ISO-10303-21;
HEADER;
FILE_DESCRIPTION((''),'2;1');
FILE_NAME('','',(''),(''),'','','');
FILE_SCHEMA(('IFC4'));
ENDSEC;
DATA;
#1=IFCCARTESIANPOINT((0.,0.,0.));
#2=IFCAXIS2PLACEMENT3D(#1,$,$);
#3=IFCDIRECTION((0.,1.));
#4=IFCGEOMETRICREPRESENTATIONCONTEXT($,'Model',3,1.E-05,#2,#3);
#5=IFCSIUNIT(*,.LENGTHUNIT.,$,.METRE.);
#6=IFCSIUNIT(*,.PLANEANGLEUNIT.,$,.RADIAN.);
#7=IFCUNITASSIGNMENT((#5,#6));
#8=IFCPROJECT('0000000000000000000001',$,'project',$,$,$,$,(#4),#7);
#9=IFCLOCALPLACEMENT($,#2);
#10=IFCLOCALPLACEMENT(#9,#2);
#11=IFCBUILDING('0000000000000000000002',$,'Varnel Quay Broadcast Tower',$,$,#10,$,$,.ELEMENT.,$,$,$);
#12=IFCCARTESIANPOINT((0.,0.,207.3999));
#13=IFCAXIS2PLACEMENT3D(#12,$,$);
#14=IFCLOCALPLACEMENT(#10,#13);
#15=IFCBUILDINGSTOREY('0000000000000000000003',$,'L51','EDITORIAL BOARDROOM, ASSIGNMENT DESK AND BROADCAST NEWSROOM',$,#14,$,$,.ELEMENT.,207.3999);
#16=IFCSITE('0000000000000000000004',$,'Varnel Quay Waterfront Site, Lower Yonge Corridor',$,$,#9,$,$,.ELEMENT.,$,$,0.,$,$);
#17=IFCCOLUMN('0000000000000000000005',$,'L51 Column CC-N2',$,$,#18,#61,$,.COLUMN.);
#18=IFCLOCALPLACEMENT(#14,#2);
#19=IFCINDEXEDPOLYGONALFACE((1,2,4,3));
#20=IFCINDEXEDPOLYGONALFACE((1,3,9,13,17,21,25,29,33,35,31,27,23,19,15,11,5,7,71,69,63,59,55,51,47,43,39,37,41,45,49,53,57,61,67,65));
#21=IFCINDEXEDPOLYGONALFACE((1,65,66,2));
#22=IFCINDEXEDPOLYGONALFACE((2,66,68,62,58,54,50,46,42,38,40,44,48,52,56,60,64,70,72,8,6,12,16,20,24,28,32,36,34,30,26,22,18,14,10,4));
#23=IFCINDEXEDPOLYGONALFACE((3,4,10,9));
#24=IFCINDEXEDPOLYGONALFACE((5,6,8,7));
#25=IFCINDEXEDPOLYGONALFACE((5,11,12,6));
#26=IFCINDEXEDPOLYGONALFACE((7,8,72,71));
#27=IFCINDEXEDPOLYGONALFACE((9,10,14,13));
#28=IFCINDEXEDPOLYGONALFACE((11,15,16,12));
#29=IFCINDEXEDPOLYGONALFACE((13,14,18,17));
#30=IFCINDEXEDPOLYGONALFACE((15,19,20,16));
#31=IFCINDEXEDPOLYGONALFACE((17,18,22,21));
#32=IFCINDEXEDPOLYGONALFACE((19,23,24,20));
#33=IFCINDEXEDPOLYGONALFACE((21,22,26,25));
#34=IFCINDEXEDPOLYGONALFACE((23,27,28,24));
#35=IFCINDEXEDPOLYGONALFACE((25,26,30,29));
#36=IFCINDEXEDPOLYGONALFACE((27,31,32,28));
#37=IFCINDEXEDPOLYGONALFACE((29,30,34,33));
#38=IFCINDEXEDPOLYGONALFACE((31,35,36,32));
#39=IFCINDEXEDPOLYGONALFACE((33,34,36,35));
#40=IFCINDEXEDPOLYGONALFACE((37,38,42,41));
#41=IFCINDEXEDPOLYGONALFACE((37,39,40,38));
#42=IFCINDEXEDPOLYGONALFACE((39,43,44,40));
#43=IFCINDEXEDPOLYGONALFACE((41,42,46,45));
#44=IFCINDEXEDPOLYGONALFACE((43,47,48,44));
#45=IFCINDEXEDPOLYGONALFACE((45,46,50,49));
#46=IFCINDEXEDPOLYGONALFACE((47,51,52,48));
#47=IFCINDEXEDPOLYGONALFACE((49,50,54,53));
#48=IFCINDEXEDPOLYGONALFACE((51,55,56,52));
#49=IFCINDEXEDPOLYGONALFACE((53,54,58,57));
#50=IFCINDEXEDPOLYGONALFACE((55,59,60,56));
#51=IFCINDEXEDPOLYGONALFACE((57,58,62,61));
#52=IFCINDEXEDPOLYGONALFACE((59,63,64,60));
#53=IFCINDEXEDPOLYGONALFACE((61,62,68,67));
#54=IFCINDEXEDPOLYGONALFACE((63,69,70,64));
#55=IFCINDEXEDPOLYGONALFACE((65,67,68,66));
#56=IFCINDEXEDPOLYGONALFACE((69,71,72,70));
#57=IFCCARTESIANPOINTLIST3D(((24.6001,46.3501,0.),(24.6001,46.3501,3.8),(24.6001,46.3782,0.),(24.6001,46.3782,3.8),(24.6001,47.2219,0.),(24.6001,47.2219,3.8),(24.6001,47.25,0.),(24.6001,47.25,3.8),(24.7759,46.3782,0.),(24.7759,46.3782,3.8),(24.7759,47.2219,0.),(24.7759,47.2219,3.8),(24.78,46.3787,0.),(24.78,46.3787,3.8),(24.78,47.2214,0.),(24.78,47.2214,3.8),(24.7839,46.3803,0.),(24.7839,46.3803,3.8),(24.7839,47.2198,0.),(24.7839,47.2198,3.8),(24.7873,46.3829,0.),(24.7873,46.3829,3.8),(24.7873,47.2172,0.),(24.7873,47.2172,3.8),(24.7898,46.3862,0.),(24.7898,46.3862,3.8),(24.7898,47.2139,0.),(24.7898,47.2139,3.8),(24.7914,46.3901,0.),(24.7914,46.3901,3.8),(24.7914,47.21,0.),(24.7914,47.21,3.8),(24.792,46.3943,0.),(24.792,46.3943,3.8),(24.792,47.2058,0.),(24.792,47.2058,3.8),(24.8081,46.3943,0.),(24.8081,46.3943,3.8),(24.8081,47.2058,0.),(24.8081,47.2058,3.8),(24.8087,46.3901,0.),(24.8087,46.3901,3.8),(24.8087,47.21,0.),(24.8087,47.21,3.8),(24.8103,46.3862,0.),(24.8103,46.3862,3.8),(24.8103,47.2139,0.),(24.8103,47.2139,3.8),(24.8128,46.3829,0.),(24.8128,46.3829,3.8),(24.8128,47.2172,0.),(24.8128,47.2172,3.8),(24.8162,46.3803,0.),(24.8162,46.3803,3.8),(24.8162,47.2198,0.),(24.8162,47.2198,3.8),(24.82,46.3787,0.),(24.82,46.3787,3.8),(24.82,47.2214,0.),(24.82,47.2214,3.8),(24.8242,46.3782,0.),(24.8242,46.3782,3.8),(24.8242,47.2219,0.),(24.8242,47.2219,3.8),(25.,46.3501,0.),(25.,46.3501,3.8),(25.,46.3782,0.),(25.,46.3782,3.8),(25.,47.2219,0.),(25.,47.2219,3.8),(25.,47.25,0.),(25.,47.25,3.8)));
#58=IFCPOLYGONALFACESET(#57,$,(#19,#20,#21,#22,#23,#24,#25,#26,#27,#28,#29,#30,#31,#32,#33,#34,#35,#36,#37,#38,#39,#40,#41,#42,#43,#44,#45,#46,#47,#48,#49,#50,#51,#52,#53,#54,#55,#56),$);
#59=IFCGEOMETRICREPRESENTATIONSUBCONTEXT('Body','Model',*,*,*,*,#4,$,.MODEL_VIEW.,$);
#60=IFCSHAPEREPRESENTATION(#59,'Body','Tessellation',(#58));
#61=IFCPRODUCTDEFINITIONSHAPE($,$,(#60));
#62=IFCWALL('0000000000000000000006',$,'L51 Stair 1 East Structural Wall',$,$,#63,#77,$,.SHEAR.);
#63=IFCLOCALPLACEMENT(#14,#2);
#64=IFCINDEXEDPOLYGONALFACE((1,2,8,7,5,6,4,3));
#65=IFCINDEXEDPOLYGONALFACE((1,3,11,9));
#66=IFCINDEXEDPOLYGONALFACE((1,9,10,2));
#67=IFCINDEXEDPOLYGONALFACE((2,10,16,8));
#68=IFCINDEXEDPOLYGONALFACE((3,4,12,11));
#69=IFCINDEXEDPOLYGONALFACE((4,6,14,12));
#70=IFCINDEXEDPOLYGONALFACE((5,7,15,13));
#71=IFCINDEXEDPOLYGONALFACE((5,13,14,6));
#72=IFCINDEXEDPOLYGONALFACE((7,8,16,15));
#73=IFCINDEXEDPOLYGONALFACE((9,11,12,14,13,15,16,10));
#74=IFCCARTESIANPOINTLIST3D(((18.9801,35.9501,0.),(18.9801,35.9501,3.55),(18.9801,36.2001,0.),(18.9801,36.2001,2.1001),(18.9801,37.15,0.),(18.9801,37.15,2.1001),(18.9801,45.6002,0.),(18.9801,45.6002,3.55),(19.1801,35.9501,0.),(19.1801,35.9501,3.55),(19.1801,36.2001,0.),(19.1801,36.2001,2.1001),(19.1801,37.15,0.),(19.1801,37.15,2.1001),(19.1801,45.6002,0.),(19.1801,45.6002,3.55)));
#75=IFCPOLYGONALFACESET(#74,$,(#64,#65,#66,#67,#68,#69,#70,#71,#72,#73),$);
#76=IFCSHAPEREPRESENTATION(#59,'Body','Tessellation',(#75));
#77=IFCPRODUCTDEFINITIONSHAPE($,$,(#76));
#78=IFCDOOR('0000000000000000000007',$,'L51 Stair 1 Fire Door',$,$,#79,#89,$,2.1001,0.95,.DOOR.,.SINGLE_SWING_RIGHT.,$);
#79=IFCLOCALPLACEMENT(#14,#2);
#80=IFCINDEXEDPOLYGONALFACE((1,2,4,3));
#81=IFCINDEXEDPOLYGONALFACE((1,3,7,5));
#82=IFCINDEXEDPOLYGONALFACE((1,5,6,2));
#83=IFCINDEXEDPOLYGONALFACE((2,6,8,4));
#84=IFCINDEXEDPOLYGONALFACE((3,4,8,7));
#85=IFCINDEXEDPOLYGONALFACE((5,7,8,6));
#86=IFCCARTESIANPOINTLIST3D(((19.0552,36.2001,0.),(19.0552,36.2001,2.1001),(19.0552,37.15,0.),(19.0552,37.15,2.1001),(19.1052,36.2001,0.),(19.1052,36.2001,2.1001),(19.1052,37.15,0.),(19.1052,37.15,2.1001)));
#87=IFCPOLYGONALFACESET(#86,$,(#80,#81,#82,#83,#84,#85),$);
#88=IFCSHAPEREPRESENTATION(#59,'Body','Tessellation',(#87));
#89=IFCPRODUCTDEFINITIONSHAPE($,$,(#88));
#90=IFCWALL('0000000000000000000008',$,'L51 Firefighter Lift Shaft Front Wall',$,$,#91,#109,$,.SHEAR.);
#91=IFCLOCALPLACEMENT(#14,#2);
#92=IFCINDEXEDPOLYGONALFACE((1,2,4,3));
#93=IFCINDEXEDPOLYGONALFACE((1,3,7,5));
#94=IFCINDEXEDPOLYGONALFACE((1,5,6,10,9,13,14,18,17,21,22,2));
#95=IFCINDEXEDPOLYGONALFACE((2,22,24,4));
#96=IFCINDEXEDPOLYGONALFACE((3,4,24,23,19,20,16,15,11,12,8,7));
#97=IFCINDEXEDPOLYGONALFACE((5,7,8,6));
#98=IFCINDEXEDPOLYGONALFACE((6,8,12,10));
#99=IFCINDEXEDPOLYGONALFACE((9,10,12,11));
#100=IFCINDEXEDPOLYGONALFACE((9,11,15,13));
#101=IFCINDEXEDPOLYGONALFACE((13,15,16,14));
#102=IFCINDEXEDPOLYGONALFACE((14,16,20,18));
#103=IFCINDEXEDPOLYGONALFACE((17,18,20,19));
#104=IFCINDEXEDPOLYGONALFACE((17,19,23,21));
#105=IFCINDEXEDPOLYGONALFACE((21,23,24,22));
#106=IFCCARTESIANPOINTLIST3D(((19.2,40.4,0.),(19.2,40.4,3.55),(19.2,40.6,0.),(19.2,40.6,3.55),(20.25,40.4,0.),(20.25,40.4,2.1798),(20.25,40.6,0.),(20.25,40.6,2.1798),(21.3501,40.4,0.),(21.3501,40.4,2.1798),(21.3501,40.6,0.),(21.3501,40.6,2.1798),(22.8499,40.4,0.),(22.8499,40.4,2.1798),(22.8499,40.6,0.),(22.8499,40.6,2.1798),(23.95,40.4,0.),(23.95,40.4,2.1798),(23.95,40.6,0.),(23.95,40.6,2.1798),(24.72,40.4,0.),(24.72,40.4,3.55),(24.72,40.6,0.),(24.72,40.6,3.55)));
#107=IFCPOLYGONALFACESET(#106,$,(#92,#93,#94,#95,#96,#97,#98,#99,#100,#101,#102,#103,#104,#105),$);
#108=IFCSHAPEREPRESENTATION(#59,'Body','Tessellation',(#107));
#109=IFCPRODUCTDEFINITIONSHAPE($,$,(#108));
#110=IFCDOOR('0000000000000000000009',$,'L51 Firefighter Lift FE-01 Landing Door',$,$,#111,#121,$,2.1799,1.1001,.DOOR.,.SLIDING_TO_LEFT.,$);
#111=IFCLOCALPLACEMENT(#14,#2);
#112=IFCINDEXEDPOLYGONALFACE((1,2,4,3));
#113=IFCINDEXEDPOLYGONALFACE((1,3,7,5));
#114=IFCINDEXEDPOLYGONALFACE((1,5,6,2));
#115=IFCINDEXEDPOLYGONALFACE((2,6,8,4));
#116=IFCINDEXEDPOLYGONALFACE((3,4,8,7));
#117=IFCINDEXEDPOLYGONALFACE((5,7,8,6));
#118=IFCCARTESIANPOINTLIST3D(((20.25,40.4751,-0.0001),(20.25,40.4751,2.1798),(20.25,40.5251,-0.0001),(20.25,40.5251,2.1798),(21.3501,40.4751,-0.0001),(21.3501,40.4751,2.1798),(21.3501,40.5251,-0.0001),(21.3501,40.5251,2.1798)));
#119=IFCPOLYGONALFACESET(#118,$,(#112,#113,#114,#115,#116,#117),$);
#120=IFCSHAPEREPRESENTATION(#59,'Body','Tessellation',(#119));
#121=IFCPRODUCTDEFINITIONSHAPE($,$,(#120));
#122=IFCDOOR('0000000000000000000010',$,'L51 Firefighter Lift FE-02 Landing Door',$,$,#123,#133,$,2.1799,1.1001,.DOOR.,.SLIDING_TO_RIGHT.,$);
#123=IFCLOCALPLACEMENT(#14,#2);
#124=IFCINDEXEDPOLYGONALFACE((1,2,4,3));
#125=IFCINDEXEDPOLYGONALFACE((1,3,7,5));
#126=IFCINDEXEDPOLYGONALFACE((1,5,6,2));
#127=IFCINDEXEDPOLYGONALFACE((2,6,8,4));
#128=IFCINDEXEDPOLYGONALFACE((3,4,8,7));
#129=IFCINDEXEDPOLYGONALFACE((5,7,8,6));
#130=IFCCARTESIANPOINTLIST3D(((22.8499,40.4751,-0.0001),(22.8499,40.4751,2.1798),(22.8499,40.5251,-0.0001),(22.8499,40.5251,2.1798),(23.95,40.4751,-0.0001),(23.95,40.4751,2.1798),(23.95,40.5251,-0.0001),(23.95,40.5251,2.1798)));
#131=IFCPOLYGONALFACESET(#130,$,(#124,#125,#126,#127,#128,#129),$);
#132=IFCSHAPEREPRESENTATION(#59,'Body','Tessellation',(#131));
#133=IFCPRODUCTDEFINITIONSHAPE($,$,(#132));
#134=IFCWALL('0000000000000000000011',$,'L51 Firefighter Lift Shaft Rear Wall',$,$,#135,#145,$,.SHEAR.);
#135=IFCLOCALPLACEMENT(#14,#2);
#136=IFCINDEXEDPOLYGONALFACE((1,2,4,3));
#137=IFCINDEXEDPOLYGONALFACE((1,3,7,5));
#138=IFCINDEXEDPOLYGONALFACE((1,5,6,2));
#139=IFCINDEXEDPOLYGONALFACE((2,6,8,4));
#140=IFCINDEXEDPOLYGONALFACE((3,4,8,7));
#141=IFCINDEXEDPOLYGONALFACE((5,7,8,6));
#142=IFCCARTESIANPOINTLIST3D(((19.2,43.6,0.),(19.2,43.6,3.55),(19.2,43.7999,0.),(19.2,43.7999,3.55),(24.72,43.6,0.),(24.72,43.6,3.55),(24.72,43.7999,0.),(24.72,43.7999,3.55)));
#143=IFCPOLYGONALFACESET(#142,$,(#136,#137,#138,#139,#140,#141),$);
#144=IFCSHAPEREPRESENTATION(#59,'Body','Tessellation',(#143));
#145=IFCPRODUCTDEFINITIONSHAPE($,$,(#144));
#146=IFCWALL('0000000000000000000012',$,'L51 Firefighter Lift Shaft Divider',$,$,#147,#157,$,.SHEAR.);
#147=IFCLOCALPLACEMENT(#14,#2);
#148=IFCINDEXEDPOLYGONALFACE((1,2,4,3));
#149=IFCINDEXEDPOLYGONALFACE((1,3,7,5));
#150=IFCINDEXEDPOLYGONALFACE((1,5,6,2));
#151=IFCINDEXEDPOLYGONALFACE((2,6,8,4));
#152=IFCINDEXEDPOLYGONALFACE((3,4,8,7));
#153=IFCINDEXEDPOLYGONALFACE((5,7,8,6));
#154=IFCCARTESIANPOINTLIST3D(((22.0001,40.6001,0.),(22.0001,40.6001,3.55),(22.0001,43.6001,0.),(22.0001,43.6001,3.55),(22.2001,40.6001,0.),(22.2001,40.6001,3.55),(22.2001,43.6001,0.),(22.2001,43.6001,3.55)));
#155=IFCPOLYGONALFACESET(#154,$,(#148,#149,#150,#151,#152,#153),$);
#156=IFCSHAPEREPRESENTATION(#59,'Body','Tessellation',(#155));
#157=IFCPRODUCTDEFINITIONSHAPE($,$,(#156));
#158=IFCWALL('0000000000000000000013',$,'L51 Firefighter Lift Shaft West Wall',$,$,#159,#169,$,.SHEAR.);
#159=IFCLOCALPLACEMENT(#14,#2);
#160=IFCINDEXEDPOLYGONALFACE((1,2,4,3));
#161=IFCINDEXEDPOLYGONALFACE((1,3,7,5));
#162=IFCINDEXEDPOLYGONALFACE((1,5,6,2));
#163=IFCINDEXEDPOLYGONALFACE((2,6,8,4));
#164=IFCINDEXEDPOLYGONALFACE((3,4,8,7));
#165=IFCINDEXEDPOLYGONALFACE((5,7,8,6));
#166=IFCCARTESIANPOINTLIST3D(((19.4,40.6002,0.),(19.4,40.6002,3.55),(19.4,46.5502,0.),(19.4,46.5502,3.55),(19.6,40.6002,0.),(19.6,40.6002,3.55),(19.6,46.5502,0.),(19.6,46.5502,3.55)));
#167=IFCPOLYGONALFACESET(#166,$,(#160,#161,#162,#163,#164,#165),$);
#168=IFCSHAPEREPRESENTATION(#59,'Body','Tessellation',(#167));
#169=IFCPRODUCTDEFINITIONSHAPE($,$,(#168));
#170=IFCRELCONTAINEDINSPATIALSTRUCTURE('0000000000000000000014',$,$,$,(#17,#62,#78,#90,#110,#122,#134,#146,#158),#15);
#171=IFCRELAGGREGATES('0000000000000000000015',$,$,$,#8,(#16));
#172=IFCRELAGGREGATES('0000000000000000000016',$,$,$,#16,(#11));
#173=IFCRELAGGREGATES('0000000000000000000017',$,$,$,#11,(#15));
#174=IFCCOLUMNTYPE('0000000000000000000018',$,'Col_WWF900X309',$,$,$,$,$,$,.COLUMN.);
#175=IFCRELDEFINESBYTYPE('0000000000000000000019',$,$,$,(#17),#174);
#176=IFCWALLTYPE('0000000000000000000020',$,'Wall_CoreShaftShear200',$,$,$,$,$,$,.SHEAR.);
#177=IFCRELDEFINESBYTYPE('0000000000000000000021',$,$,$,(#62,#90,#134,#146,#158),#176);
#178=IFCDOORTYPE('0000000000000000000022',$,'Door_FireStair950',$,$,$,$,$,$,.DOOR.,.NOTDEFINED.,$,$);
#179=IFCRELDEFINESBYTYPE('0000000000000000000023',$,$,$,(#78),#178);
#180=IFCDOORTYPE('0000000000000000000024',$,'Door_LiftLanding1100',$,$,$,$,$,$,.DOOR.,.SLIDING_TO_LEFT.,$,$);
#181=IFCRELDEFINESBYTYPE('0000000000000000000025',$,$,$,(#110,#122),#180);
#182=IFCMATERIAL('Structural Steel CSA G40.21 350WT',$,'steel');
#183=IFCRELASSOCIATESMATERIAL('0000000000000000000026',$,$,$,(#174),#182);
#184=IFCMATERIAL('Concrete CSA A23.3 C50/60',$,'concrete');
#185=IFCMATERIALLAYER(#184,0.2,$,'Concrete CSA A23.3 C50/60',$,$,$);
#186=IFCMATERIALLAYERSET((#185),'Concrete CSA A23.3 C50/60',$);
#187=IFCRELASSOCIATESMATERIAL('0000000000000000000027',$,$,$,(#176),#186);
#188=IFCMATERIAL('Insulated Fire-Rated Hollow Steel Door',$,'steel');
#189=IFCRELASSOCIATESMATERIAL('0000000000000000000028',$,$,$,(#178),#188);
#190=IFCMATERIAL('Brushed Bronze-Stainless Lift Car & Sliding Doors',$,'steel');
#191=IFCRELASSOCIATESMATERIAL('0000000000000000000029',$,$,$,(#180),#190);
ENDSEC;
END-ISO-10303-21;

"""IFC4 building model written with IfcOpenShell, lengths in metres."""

from ifc_helpers import new_model, si_unit, direction, frame, frame_2d, origin, origin_2d, place, context, subcontext, project, spatial, rectangle, i_section, extrude, source, transform, mapped, material, layer, layer_set, material_profile, profile_set, type_object, type_shapes, element, fill, save


model = new_model("IFC4")

# Units and contexts
model_context = context("Model", 3, precision=1e-05, world=origin(), true_north=direction((0.0, 1.0)))
body_context = subcontext(model_context, "Body", "Model", "MODEL_VIEW")
ifc_project = project(units=[si_unit("LENGTHUNIT", "METRE"), si_unit("PLANEANGLEUNIT", "RADIAN")], contexts=[model_context])

# Site, building, storey
site_placement = place(None, origin())
site = spatial("IfcSite", under=ifc_project, at=site_placement, Name="Varnel Quay Waterfront Site, Lower Yonge Corridor", CompositionType="ELEMENT", RefElevation=0.0)
building_placement = place(site_placement, origin())
building = spatial("IfcBuilding", under=site, at=building_placement, Name="Varnel Quay Broadcast Tower", CompositionType="ELEMENT")
storey_placement = place(building_placement, frame((0.0, 0.0, 207.3999)))
storey = spatial("IfcBuildingStorey", under=building, at=storey_placement, Name="L51", Description="EDITORIAL BOARDROOM, ASSIGNMENT DESK AND BROADCAST NEWSROOM", CompositionType="ELEMENT", Elevation=207.3999)

# Column
ifc_material_1 = material(Name="Structural Steel CSA G40.21 350WT", Category="steel")
ifc_material_profile = material_profile(ifc_material_1, i_section(OverallWidth=0.3999, OverallDepth=0.8999, WebThickness=0.0161, FlangeThickness=0.0281, FilletRadius=0.0161, at=origin_2d()), Name="WWF900X309")
ifc_profile_set = profile_set([ifc_material_profile], Name="Structural Steel CSA G40.21 350WT")
column_type = type_object("IfcColumnType", Name="Col_WWF900X309", PredefinedType="COLUMN", material=ifc_profile_set)
shared_shape_1 = source(origin(), body_context, "Body", "SweptSolid", [
    extrude(i_section(OverallWidth=0.3999, OverallDepth=0.8999, WebThickness=0.0161, FlangeThickness=0.0281, FilletRadius=0.0161, at=origin_2d()), origin(), (0.0, 0.0, 1.0), 3.8),
])
type_shapes(column_type, [shared_shape_1])
column_placement = place(storey_placement, frame((24.8, 46.8, 0.0), z_axis=(0.0, 0.0, 1.0), x_axis=(1.0, 0.0, 0.0)))
element("IfcColumn", 1, at=column_placement, inside=storey, type_object=column_type, Name="L51 Column CC-N2", PredefinedType="COLUMN", context=body_context, shape_type="MappedRepresentation", body=[
    mapped(shared_shape_1, transform((0.0, 0.0, 0.0), x_axis=(1.0, 0.0, 0.0), y_axis=(0.0, 1.0, 0.0), z_axis=(0.0, 0.0, 1.0), scale=1.0)),
])

# Wall, opening, door
ifc_material_2 = material(Name="Concrete CSA A23.3 C50/60", Category="concrete")
ifc_layer_1 = layer(ifc_material_2, 0.2, Name="Concrete CSA A23.3 C50/60")
ifc_layer_set_1 = layer_set([ifc_layer_1], Name="Concrete CSA A23.3 C50/60")
wall_type_1 = type_object("IfcWallType", Name="Wall_CoreShaftShear200", PredefinedType="SHEAR", material=ifc_layer_set_1)
wall_1_placement = place(storey_placement, frame((19.0801, 35.95, 0.0), z_axis=(0.0, 0.0, 1.0), x_axis=(0.0, 1.0, 0.0)))
wall_1 = element("IfcWall", 2, at=wall_1_placement, inside=storey, type_object=wall_type_1, Name="L51 Stair 1 East Structural Wall", PredefinedType="SHEAR", context=body_context, shape_type="SweptSolid", body=[
    extrude(rectangle(XDim=9.6501, YDim=0.2, at=frame_2d((4.8252, 0.0))), origin(), (0.0, 0.0, 1.0), 3.55),
])
opening_1_placement = place(wall_1_placement, frame((0.25, 0.0, 0.0)))
opening_1 = element("IfcOpeningElement", 3, at=opening_1_placement, cuts=wall_1, PredefinedType="OPENING", context=body_context, shape_type="SweptSolid", body=[
    extrude(rectangle(XDim=0.95, YDim=2.1001, at=frame_2d((0.4751, 1.05))), frame((0.0, 0.1099, 0.0), z_axis=(0.0, -1.0, 0.0), x_axis=(1.0, 0.0, 0.0)), (0.0, 0.0, 1.0), 0.22),
])
ifc_material_3 = material(Name="Insulated Fire-Rated Hollow Steel Door", Category="steel")
door_type_1 = type_object("IfcDoorType", Name="Door_FireStair950", OperationType="NOTDEFINED", PredefinedType="DOOR", material=ifc_material_3)
shared_shape_2 = source(origin(), body_context, "Body", "SweptSolid", [
    extrude(rectangle(XDim=0.95, YDim=2.1001, at=frame_2d((0.4751, 1.05))), frame((0.0, 0.0249, 0.0), z_axis=(0.0, -1.0, 0.0), x_axis=(1.0, 0.0, 0.0)), (0.0, 0.0, 1.0), 0.05),
])
type_shapes(door_type_1, [shared_shape_2])
door_1_placement = place(opening_1_placement, origin())
door_1 = element("IfcDoor", 4, at=door_1_placement, inside=storey, type_object=door_type_1, Name="L51 Stair 1 Fire Door", OperationType="SINGLE_SWING_RIGHT", OverallHeight=2.1001, OverallWidth=0.95, PredefinedType="DOOR", context=body_context, shape_type="MappedRepresentation", body=[
    mapped(shared_shape_2, transform((0.0, 0.0, 0.0), x_axis=(1.0, 0.0, 0.0), y_axis=(0.0, 1.0, 0.0), z_axis=(0.0, 0.0, 1.0), scale=1.0)),
])
fill(opening_1, door_1)

# Wall, openings, doors
wall_2_placement = place(storey_placement, frame((19.2, 40.5, 0.0), z_axis=(0.0, 0.0, 1.0), x_axis=(1.0, 0.0, 0.0)))
wall_2 = element("IfcWall", 5, at=wall_2_placement, inside=storey, type_object=wall_type_1, Name="L51 Firefighter Lift Shaft Front Wall", PredefinedType="SHEAR", context=body_context, shape_type="SweptSolid", body=[
    extrude(rectangle(XDim=5.52, YDim=0.2, at=frame_2d((2.76, 0.0))), origin(), (0.0, 0.0, 1.0), 3.55),
])
opening_2_placement = place(wall_2_placement, frame((1.05, 0.0, 0.0)))
opening_2 = element("IfcOpeningElement", 6, at=opening_2_placement, cuts=wall_2, PredefinedType="OPENING", context=body_context, shape_type="SweptSolid", body=[
    extrude(rectangle(XDim=1.1001, YDim=2.1799, at=frame_2d((0.55, 1.0898))), frame((0.0, 0.1099, 0.0), z_axis=(0.0, -1.0, 0.0), x_axis=(1.0, 0.0, 0.0)), (0.0, 0.0, 1.0), 0.22),
])
opening_3_placement = place(wall_2_placement, frame((3.6499, 0.0, 0.0)))
opening_3 = element("IfcOpeningElement", 7, at=opening_3_placement, cuts=wall_2, PredefinedType="OPENING", context=body_context, shape_type="SweptSolid", body=[
    extrude(rectangle(XDim=1.1001, YDim=2.1799, at=frame_2d((0.55, 1.0898))), frame((0.0, 0.1099, 0.0), z_axis=(0.0, -1.0, 0.0), x_axis=(1.0, 0.0, 0.0)), (0.0, 0.0, 1.0), 0.22),
])
ifc_material_4 = material(Name="Brushed Bronze-Stainless Lift Car & Sliding Doors", Category="steel")
door_type_2 = type_object("IfcDoorType", Name="Door_LiftLanding1100", OperationType="SLIDING_TO_LEFT", PredefinedType="DOOR", material=ifc_material_4)
shared_shape_3 = source(origin(), body_context, "Body", "SweptSolid", [
    extrude(rectangle(XDim=1.1001, YDim=2.1799, at=frame_2d((0.55, 1.0898))), frame((0.0, 0.0249, 0.0), z_axis=(0.0, -1.0, 0.0), x_axis=(1.0, 0.0, 0.0)), (0.0, 0.0, 1.0), 0.05),
])
type_shapes(door_type_2, [shared_shape_3])
door_2_placement = place(opening_2_placement, frame((1.1001, 0.0, 0.0), z_axis=(0.0, 0.0, 1.0), x_axis=(-1.0, 0.0, 0.0)))
door_2 = element("IfcDoor", 8, at=door_2_placement, inside=storey, type_object=door_type_2, Name="L51 Firefighter Lift FE-01 Landing Door", OperationType="SLIDING_TO_LEFT", OverallHeight=2.1799, OverallWidth=1.1001, PredefinedType="DOOR", context=body_context, shape_type="MappedRepresentation", body=[
    mapped(shared_shape_3, transform((0.0, 0.0, 0.0), x_axis=(1.0, 0.0, 0.0), y_axis=(0.0, 1.0, 0.0), z_axis=(0.0, 0.0, 1.0), scale=1.0)),
])
fill(opening_2, door_2)
door_3_placement = place(opening_3_placement, frame((1.1001, 0.0, 0.0), z_axis=(0.0, 0.0, 1.0), x_axis=(-1.0, 0.0, 0.0)))
door_3 = element("IfcDoor", 9, at=door_3_placement, inside=storey, type_object=door_type_2, Name="L51 Firefighter Lift FE-02 Landing Door", OperationType="SLIDING_TO_RIGHT", OverallHeight=2.1799, OverallWidth=1.1001, PredefinedType="DOOR", context=body_context, shape_type="MappedRepresentation", body=[
    mapped(shared_shape_3, transform((0.0, 0.0, 0.0), x_axis=(1.0, 0.0, 0.0), y_axis=(0.0, 1.0, 0.0), z_axis=(0.0, 0.0, 1.0), scale=1.0)),
])
fill(opening_3, door_3)

# Walls
wall_3_placement = place(storey_placement, frame((19.2, 43.7, 0.0), z_axis=(0.0, 0.0, 1.0), x_axis=(1.0, 0.0, 0.0)))
element("IfcWall", 10, at=wall_3_placement, inside=storey, type_object=wall_type_1, Name="L51 Firefighter Lift Shaft Rear Wall", PredefinedType="SHEAR", context=body_context, shape_type="SweptSolid", body=[
    extrude(rectangle(XDim=5.52, YDim=0.2, at=frame_2d((2.76, 0.0))), origin(), (0.0, 0.0, 1.0), 3.55),
])
wall_4_placement = place(storey_placement, frame((22.1001, 40.6001, 0.0), z_axis=(0.0, 0.0, 1.0), x_axis=(0.0, 1.0, 0.0)))
element("IfcWall", 11, at=wall_4_placement, inside=storey, type_object=wall_type_1, Name="L51 Firefighter Lift Shaft Divider", PredefinedType="SHEAR", context=body_context, shape_type="SweptSolid", body=[
    extrude(rectangle(XDim=3.0, YDim=0.2, at=frame_2d((1.5, 0.0))), origin(), (0.0, 0.0, 1.0), 3.55),
])
wall_5_placement = place(storey_placement, frame((19.5, 40.6001, 0.0), z_axis=(0.0, 0.0, 1.0), x_axis=(0.0, 1.0, 0.0)))
element("IfcWall", 12, at=wall_5_placement, inside=storey, type_object=wall_type_1, Name="L51 Firefighter Lift Shaft West Wall", PredefinedType="SHEAR", context=body_context, shape_type="SweptSolid", body=[
    extrude(rectangle(XDim=5.95, YDim=0.2, at=frame_2d((2.9751, 0.0))), origin(), (0.0, 0.0, 1.0), 3.55),
])

save(model, "model.ifc")
